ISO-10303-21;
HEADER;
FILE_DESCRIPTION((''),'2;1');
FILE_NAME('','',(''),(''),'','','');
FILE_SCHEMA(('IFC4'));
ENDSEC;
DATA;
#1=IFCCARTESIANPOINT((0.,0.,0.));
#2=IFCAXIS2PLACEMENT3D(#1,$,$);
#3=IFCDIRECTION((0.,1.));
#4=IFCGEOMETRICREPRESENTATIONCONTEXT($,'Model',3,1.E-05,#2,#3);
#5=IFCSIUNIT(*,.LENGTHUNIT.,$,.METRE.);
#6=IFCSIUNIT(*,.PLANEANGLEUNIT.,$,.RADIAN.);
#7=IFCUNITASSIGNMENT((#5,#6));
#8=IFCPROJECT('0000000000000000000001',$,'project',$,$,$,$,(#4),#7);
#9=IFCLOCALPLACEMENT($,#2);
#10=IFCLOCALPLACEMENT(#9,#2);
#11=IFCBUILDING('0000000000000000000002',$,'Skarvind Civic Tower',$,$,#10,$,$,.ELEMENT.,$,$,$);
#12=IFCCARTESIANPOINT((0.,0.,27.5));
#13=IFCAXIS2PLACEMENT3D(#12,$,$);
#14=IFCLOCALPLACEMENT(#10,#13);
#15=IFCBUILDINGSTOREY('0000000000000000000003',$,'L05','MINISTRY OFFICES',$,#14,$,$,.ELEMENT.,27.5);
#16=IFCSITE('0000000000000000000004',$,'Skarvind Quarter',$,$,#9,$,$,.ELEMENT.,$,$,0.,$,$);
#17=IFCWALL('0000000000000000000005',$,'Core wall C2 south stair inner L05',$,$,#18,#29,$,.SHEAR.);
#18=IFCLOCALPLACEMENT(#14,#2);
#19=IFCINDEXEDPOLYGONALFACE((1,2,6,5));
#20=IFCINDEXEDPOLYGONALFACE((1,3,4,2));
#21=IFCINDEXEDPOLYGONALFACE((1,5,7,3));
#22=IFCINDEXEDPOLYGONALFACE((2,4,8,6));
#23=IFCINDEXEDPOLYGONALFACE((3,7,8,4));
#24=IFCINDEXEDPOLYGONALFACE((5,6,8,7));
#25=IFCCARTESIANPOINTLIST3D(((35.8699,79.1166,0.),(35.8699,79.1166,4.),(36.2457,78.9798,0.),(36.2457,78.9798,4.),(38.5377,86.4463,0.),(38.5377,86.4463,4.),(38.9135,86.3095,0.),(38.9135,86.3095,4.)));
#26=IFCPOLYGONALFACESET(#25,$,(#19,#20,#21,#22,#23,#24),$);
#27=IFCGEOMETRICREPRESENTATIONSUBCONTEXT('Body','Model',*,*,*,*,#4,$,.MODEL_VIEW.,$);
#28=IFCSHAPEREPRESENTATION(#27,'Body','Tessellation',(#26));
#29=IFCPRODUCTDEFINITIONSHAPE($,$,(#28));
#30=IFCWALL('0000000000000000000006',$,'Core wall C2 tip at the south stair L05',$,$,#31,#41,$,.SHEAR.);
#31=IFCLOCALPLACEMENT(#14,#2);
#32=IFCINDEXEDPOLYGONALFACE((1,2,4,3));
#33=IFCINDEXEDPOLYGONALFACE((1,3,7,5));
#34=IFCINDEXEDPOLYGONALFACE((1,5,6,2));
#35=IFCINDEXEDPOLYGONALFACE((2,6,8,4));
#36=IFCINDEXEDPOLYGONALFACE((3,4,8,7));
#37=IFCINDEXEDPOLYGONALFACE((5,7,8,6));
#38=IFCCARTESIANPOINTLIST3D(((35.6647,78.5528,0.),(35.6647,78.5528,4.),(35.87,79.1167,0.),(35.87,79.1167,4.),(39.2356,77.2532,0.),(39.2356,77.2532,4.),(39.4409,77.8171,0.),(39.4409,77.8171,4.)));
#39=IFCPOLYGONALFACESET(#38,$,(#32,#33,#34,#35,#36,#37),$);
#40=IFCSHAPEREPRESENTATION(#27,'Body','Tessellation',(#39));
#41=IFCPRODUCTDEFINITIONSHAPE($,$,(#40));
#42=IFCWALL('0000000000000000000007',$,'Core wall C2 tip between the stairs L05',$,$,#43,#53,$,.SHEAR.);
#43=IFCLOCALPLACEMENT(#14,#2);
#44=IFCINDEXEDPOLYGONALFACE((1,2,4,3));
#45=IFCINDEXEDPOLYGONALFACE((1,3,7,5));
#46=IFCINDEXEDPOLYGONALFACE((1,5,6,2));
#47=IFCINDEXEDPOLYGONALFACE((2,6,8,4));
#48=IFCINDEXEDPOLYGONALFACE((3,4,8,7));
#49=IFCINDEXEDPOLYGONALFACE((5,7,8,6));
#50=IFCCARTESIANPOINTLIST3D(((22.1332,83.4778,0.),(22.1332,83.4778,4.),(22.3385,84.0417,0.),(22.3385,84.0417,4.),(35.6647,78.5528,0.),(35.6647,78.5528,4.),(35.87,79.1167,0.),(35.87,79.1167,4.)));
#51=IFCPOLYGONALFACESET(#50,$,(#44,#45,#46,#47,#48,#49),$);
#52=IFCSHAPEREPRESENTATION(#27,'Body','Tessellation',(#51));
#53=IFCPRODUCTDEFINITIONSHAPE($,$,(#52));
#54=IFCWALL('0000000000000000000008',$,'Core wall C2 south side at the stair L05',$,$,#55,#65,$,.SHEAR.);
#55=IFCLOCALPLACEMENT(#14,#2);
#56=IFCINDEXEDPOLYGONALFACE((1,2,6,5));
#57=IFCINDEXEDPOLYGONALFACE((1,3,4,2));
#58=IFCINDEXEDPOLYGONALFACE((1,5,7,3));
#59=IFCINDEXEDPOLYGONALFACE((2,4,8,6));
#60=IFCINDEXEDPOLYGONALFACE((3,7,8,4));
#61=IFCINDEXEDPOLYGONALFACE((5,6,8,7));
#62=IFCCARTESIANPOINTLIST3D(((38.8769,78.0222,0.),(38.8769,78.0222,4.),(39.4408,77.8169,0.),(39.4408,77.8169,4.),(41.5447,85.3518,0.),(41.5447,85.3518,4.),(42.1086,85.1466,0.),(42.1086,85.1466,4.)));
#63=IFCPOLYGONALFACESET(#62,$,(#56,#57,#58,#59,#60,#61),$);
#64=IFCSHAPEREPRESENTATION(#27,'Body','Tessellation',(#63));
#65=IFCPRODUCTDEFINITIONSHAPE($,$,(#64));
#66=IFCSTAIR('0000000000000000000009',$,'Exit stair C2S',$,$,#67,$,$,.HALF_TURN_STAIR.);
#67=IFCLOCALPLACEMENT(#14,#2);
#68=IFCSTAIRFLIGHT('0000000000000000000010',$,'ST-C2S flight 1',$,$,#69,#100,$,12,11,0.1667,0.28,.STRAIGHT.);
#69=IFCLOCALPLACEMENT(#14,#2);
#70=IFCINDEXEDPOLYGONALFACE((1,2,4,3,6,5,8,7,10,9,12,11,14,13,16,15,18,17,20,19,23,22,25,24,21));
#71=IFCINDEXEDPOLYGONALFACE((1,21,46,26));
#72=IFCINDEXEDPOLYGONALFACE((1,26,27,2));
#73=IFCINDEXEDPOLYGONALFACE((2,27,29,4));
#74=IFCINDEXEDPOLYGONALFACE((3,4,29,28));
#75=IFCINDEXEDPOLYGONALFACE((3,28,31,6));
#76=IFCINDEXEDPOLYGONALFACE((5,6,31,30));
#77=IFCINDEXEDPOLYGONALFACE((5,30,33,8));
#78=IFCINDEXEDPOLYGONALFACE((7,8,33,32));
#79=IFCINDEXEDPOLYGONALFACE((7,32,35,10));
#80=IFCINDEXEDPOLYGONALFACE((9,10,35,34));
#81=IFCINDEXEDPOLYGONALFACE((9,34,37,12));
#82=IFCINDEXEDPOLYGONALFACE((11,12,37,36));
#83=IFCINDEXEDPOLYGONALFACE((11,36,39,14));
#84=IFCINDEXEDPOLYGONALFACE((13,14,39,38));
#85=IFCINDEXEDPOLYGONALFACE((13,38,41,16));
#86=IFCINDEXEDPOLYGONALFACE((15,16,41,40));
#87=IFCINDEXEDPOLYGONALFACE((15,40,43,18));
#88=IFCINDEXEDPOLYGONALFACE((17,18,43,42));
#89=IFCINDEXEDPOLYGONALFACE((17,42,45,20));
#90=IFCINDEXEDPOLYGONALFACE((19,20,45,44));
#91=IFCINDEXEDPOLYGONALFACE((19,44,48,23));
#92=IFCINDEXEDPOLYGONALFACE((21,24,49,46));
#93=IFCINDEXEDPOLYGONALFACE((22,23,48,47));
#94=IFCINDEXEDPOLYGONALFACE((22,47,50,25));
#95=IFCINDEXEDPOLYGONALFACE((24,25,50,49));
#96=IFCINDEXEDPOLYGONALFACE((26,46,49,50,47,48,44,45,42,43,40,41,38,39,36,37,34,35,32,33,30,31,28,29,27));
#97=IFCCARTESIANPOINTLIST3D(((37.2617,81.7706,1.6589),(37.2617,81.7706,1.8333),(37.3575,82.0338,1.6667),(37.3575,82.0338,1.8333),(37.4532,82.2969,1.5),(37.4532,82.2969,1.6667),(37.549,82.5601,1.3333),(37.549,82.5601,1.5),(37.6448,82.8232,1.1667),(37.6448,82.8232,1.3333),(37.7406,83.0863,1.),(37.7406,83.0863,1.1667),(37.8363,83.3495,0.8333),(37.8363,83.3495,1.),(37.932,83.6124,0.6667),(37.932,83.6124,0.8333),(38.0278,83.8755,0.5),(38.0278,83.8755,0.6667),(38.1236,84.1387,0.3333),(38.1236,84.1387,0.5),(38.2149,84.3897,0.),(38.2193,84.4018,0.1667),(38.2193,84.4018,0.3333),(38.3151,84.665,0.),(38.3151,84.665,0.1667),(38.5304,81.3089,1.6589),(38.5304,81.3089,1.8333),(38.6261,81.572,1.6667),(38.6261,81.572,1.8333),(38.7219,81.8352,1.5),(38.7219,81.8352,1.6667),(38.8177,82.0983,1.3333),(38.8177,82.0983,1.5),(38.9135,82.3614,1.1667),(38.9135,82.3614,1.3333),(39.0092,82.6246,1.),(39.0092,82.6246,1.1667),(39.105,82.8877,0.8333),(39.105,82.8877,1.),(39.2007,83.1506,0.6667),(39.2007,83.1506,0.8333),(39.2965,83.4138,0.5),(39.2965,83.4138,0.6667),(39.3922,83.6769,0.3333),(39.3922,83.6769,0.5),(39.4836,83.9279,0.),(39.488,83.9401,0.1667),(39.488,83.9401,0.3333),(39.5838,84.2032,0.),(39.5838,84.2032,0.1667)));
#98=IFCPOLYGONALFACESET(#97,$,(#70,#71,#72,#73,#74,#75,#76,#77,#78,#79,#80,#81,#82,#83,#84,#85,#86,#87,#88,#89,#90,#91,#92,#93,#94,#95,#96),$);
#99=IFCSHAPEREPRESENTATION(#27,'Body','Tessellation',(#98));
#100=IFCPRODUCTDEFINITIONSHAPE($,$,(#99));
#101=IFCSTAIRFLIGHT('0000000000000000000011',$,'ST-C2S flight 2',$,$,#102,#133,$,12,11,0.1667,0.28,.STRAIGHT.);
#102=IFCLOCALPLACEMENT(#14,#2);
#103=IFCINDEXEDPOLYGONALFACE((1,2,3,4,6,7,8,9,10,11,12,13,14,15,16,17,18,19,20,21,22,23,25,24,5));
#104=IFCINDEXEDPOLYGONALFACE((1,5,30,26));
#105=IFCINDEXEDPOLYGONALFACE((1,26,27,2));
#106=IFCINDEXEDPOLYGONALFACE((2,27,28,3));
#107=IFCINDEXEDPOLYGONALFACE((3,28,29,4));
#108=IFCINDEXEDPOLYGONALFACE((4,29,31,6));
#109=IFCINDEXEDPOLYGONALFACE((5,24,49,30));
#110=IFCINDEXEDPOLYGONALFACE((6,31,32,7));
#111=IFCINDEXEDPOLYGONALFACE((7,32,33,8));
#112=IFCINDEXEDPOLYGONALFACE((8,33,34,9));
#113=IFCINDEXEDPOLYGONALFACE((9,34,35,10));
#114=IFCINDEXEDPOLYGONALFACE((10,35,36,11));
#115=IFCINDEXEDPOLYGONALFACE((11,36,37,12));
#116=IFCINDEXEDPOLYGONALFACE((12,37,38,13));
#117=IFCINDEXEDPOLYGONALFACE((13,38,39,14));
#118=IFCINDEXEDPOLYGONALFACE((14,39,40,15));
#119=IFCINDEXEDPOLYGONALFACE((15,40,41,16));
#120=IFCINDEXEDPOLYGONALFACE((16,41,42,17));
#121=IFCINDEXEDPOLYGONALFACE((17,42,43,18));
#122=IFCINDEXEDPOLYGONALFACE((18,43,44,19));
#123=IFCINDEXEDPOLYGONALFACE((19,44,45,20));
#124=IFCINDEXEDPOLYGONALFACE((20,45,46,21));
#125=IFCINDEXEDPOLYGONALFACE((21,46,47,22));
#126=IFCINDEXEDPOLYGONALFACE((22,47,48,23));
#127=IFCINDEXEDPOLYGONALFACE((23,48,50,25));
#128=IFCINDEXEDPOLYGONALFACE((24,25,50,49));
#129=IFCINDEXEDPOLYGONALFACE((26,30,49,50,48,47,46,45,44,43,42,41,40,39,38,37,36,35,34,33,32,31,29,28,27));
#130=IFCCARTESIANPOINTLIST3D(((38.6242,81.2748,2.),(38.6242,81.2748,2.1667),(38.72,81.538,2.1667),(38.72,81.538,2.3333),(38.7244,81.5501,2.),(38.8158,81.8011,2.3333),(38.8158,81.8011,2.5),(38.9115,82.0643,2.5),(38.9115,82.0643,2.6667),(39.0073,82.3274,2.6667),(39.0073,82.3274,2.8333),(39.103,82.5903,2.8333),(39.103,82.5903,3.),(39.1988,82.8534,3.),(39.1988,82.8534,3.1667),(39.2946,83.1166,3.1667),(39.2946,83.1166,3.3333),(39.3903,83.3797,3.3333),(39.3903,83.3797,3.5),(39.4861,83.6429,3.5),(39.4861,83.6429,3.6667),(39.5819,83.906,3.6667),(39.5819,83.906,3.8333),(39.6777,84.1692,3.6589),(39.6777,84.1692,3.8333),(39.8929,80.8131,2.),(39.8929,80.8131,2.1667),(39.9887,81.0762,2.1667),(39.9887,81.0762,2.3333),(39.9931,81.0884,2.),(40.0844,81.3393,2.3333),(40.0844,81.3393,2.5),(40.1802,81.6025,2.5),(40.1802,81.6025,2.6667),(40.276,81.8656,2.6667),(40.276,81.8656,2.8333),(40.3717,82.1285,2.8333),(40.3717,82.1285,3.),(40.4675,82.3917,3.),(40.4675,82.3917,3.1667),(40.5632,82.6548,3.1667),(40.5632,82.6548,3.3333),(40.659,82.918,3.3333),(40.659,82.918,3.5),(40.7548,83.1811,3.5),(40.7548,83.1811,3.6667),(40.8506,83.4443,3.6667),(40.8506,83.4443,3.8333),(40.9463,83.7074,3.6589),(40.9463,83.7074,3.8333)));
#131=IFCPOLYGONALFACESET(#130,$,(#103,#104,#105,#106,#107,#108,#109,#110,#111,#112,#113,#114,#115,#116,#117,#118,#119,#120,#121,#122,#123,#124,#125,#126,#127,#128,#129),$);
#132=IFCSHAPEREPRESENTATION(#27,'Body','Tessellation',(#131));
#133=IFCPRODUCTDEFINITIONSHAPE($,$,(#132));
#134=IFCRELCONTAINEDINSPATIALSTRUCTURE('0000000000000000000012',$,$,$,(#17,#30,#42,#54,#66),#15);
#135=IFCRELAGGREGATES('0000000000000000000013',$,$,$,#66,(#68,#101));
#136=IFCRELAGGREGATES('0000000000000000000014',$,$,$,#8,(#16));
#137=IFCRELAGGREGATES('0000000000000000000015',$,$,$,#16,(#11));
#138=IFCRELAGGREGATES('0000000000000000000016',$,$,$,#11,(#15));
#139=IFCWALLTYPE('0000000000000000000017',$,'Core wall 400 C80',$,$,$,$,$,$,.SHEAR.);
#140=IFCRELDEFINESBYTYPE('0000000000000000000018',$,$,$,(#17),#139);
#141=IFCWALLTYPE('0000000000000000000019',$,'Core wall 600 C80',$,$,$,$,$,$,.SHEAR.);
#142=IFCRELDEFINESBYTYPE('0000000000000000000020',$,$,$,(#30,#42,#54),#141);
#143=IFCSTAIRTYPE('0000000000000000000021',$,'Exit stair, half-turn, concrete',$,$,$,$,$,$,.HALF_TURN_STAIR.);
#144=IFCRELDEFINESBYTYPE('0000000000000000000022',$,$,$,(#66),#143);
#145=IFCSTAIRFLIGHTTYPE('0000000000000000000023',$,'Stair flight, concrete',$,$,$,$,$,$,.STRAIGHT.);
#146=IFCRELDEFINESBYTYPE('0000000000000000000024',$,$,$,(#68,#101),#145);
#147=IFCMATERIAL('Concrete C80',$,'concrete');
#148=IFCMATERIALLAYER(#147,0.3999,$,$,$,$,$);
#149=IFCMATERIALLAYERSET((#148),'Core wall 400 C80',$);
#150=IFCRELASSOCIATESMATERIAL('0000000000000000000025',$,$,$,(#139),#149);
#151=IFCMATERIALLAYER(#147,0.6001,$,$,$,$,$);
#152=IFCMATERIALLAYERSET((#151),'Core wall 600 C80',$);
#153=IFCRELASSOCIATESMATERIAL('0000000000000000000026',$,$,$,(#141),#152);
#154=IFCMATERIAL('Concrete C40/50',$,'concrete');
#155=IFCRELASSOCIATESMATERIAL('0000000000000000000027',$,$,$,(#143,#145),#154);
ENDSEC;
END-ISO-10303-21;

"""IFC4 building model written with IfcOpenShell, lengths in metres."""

from ifc_helpers import new_model, si_unit, direction, frame, frame_2d, origin, place, context, subcontext, project, spatial, polyline, rectangle, outline, extrude, material, layer, layer_set, type_object, element, aggregate, save


model = new_model("IFC4")

# Units and contexts
model_context = context("Model", 3, precision=1e-05, world=origin(), true_north=direction((0.0, 1.0)))
body_context = subcontext(model_context, "Body", "Model", "MODEL_VIEW")
ifc_project = project(units=[si_unit("LENGTHUNIT", "METRE"), si_unit("PLANEANGLEUNIT", "RADIAN")], contexts=[model_context])

# Site, building, storey
site_placement = place(None, origin())
site = spatial("IfcSite", under=ifc_project, at=site_placement, Name="Skarvind Quarter", CompositionType="ELEMENT", RefElevation=0.0)
building_placement = place(site_placement, origin())
building = spatial("IfcBuilding", under=site, at=building_placement, Name="Skarvind Civic Tower", CompositionType="ELEMENT")
storey_placement = place(building_placement, frame((0.0, 0.0, 27.5)))
storey = spatial("IfcBuildingStorey", under=building, at=storey_placement, Name="L05", Description="MINISTRY OFFICES", CompositionType="ELEMENT", Elevation=27.5)

# Walls
ifc_material_1 = material(Name="Concrete C80", Category="concrete")
ifc_layer_1 = layer(ifc_material_1, 0.3999)
ifc_layer_set_1 = layer_set([ifc_layer_1], Name="Core wall 400 C80")
wall_type_1 = type_object("IfcWallType", Name="Core wall 400 C80", PredefinedType="SHEAR", material=ifc_layer_set_1)
wall_1_placement = place(storey_placement, frame((36.0579, 79.0483, 0.0), z_axis=(0.0, 0.0, 1.0), x_axis=(0.342017, 0.939694, 0.0)))
element("IfcWall", 1, at=wall_1_placement, inside=storey, type_object=wall_type_1, Name="Core wall C2 south stair inner L05", PredefinedType="SHEAR", context=body_context, shape_type="SweptSolid", body=[
    extrude(rectangle(XDim=7.8, YDim=0.3999, at=frame_2d((3.8999, 0.0))), origin(), (0.0, 0.0, 1.0), 4.0),
])
ifc_layer_2 = layer(ifc_material_1, 0.6001)
ifc_layer_set_2 = layer_set([ifc_layer_2], Name="Core wall 600 C80")
wall_type_2 = type_object("IfcWallType", Name="Core wall 600 C80", PredefinedType="SHEAR", material=ifc_layer_set_2)
wall_2_placement = place(storey_placement, frame((39.3381, 77.5352, 0.0), z_axis=(0.0, 0.0, 1.0), x_axis=(-0.939701, 0.341996, 0.0)))
element("IfcWall", 2, at=wall_2_placement, inside=storey, type_object=wall_type_2, Name="Core wall C2 tip at the south stair L05", PredefinedType="SHEAR", context=body_context, shape_type="SweptSolid", body=[
    extrude(rectangle(XDim=3.8, YDim=0.6001, at=frame_2d((1.8999, 0.0))), origin(), (0.0, 0.0, 1.0), 4.0),
])
wall_3_placement = place(storey_placement, frame((35.7673, 78.8347, 0.0), z_axis=(0.0, 0.0, 1.0), x_axis=(-0.939693, 0.342019, 0.0)))
element("IfcWall", 3, at=wall_3_placement, inside=storey, type_object=wall_type_2, Name="Core wall C2 tip between the stairs L05", PredefinedType="SHEAR", context=body_context, shape_type="SweptSolid", body=[
    extrude(rectangle(XDim=14.3999, YDim=0.6001, at=frame_2d((7.2, 0.0))), origin(), (0.0, 0.0, 1.0), 4.0),
])
wall_4_placement = place(storey_placement, frame((39.1589, 77.9197, 0.0), z_axis=(0.0, 0.0, 1.0), x_axis=(0.342017, 0.939694, 0.0)))
element("IfcWall", 4, at=wall_4_placement, inside=storey, type_object=wall_type_2, Name="Core wall C2 south side at the stair L05", PredefinedType="SHEAR", context=body_context, shape_type="SweptSolid", body=[
    extrude(rectangle(XDim=7.8, YDim=0.6001, at=frame_2d((3.8999, 0.0))), origin(), (0.0, 0.0, 1.0), 4.0),
])

# Stair, stair flights
ifc_material_2 = material(Name="Concrete C40/50", Category="concrete")
stair_type = type_object("IfcStairType", Name="Exit stair, half-turn, concrete", PredefinedType="HALF_TURN_STAIR", material=ifc_material_2)
stair_placement = place(storey_placement, origin())
stair = element("IfcStair", 5, at=stair_placement, inside=storey, type_object=stair_type, Name="Exit stair C2S", PredefinedType="HALF_TURN_STAIR")
stair_flight_type = type_object("IfcStairFlightType", Name="Stair flight, concrete", PredefinedType="STRAIGHT", material=ifc_material_2)
stair_flight_1_placement = place(storey_placement, frame((38.9495, 84.4341, 0.0), z_axis=(0.0, 0.0, 1.0), x_axis=(-0.34202, -0.939693, 0.0)))
stair_flight_1 = element("IfcStairFlight", 6, at=stair_flight_1_placement, type_object=stair_flight_type, Name="ST-C2S flight 1", NumberOfRisers=12, NumberOfTreads=11, PredefinedType="STRAIGHT", RiserHeight=0.1667, TreadLength=0.28, context=body_context, shape_type="SweptSolid", body=[
    extrude(outline(polyline([(0.0, 0.0), (0.0, 0.1667), (0.28, 0.1667), (0.28, 0.3333), (0.5601, 0.3333), (0.5601, 0.5), (0.8401, 0.5), (0.8401, 0.6667), (1.1201, 0.6667), (1.1201, 0.8333), (1.3999, 0.8333), (1.3999, 1.0), (1.6799, 1.0), (1.6799, 1.1667), (1.96, 1.1667), (1.96, 1.3333), (2.24, 1.3333), (2.24, 1.5), (2.52, 1.5), (2.52, 1.6667), (2.8, 1.6667), (2.8, 1.8333), (3.0801, 1.8333), (3.0801, 2.0), (3.0801, 1.6589), (0.293, 0.0), (0.0, 0.0)])), frame((0.0, 0.675, 0.0), z_axis=(0.0, -1.0, 0.0), x_axis=(1.0, 0.0, 0.0)), (0.0, 0.0, 1.0), 1.3501),
])
stair_flight_2_placement = place(storey_placement, frame((39.2585, 81.0439, 2.0), z_axis=(0.0, 0.0, 1.0), x_axis=(0.34202, 0.939693, 0.0)))
stair_flight_2 = element("IfcStairFlight", 7, at=stair_flight_2_placement, type_object=stair_flight_type, Name="ST-C2S flight 2", NumberOfRisers=12, NumberOfTreads=11, PredefinedType="STRAIGHT", RiserHeight=0.1667, TreadLength=0.28, context=body_context, shape_type="SweptSolid", body=[
    extrude(outline(polyline([(0.0, 0.0), (0.0, 0.1667), (0.28, 0.1667), (0.28, 0.3333), (0.5601, 0.3333), (0.5601, 0.5), (0.8401, 0.5), (0.8401, 0.6667), (1.1201, 0.6667), (1.1201, 0.8333), (1.3999, 0.8333), (1.3999, 1.0), (1.6799, 1.0), (1.6799, 1.1667), (1.96, 1.1667), (1.96, 1.3333), (2.24, 1.3333), (2.24, 1.5), (2.52, 1.5), (2.52, 1.6667), (2.8, 1.6667), (2.8, 1.8333), (3.0801, 1.8333), (3.0801, 2.0), (3.0801, 1.6589), (0.293, 0.0), (0.0, 0.0)])), frame((0.0, 0.675, 0.0), z_axis=(0.0, -1.0, 0.0), x_axis=(1.0, 0.0, 0.0)), (0.0, 0.0, 1.0), 1.3501),
])
aggregate(stair, [stair_flight_1, stair_flight_2])

save(model, "model.ifc")
